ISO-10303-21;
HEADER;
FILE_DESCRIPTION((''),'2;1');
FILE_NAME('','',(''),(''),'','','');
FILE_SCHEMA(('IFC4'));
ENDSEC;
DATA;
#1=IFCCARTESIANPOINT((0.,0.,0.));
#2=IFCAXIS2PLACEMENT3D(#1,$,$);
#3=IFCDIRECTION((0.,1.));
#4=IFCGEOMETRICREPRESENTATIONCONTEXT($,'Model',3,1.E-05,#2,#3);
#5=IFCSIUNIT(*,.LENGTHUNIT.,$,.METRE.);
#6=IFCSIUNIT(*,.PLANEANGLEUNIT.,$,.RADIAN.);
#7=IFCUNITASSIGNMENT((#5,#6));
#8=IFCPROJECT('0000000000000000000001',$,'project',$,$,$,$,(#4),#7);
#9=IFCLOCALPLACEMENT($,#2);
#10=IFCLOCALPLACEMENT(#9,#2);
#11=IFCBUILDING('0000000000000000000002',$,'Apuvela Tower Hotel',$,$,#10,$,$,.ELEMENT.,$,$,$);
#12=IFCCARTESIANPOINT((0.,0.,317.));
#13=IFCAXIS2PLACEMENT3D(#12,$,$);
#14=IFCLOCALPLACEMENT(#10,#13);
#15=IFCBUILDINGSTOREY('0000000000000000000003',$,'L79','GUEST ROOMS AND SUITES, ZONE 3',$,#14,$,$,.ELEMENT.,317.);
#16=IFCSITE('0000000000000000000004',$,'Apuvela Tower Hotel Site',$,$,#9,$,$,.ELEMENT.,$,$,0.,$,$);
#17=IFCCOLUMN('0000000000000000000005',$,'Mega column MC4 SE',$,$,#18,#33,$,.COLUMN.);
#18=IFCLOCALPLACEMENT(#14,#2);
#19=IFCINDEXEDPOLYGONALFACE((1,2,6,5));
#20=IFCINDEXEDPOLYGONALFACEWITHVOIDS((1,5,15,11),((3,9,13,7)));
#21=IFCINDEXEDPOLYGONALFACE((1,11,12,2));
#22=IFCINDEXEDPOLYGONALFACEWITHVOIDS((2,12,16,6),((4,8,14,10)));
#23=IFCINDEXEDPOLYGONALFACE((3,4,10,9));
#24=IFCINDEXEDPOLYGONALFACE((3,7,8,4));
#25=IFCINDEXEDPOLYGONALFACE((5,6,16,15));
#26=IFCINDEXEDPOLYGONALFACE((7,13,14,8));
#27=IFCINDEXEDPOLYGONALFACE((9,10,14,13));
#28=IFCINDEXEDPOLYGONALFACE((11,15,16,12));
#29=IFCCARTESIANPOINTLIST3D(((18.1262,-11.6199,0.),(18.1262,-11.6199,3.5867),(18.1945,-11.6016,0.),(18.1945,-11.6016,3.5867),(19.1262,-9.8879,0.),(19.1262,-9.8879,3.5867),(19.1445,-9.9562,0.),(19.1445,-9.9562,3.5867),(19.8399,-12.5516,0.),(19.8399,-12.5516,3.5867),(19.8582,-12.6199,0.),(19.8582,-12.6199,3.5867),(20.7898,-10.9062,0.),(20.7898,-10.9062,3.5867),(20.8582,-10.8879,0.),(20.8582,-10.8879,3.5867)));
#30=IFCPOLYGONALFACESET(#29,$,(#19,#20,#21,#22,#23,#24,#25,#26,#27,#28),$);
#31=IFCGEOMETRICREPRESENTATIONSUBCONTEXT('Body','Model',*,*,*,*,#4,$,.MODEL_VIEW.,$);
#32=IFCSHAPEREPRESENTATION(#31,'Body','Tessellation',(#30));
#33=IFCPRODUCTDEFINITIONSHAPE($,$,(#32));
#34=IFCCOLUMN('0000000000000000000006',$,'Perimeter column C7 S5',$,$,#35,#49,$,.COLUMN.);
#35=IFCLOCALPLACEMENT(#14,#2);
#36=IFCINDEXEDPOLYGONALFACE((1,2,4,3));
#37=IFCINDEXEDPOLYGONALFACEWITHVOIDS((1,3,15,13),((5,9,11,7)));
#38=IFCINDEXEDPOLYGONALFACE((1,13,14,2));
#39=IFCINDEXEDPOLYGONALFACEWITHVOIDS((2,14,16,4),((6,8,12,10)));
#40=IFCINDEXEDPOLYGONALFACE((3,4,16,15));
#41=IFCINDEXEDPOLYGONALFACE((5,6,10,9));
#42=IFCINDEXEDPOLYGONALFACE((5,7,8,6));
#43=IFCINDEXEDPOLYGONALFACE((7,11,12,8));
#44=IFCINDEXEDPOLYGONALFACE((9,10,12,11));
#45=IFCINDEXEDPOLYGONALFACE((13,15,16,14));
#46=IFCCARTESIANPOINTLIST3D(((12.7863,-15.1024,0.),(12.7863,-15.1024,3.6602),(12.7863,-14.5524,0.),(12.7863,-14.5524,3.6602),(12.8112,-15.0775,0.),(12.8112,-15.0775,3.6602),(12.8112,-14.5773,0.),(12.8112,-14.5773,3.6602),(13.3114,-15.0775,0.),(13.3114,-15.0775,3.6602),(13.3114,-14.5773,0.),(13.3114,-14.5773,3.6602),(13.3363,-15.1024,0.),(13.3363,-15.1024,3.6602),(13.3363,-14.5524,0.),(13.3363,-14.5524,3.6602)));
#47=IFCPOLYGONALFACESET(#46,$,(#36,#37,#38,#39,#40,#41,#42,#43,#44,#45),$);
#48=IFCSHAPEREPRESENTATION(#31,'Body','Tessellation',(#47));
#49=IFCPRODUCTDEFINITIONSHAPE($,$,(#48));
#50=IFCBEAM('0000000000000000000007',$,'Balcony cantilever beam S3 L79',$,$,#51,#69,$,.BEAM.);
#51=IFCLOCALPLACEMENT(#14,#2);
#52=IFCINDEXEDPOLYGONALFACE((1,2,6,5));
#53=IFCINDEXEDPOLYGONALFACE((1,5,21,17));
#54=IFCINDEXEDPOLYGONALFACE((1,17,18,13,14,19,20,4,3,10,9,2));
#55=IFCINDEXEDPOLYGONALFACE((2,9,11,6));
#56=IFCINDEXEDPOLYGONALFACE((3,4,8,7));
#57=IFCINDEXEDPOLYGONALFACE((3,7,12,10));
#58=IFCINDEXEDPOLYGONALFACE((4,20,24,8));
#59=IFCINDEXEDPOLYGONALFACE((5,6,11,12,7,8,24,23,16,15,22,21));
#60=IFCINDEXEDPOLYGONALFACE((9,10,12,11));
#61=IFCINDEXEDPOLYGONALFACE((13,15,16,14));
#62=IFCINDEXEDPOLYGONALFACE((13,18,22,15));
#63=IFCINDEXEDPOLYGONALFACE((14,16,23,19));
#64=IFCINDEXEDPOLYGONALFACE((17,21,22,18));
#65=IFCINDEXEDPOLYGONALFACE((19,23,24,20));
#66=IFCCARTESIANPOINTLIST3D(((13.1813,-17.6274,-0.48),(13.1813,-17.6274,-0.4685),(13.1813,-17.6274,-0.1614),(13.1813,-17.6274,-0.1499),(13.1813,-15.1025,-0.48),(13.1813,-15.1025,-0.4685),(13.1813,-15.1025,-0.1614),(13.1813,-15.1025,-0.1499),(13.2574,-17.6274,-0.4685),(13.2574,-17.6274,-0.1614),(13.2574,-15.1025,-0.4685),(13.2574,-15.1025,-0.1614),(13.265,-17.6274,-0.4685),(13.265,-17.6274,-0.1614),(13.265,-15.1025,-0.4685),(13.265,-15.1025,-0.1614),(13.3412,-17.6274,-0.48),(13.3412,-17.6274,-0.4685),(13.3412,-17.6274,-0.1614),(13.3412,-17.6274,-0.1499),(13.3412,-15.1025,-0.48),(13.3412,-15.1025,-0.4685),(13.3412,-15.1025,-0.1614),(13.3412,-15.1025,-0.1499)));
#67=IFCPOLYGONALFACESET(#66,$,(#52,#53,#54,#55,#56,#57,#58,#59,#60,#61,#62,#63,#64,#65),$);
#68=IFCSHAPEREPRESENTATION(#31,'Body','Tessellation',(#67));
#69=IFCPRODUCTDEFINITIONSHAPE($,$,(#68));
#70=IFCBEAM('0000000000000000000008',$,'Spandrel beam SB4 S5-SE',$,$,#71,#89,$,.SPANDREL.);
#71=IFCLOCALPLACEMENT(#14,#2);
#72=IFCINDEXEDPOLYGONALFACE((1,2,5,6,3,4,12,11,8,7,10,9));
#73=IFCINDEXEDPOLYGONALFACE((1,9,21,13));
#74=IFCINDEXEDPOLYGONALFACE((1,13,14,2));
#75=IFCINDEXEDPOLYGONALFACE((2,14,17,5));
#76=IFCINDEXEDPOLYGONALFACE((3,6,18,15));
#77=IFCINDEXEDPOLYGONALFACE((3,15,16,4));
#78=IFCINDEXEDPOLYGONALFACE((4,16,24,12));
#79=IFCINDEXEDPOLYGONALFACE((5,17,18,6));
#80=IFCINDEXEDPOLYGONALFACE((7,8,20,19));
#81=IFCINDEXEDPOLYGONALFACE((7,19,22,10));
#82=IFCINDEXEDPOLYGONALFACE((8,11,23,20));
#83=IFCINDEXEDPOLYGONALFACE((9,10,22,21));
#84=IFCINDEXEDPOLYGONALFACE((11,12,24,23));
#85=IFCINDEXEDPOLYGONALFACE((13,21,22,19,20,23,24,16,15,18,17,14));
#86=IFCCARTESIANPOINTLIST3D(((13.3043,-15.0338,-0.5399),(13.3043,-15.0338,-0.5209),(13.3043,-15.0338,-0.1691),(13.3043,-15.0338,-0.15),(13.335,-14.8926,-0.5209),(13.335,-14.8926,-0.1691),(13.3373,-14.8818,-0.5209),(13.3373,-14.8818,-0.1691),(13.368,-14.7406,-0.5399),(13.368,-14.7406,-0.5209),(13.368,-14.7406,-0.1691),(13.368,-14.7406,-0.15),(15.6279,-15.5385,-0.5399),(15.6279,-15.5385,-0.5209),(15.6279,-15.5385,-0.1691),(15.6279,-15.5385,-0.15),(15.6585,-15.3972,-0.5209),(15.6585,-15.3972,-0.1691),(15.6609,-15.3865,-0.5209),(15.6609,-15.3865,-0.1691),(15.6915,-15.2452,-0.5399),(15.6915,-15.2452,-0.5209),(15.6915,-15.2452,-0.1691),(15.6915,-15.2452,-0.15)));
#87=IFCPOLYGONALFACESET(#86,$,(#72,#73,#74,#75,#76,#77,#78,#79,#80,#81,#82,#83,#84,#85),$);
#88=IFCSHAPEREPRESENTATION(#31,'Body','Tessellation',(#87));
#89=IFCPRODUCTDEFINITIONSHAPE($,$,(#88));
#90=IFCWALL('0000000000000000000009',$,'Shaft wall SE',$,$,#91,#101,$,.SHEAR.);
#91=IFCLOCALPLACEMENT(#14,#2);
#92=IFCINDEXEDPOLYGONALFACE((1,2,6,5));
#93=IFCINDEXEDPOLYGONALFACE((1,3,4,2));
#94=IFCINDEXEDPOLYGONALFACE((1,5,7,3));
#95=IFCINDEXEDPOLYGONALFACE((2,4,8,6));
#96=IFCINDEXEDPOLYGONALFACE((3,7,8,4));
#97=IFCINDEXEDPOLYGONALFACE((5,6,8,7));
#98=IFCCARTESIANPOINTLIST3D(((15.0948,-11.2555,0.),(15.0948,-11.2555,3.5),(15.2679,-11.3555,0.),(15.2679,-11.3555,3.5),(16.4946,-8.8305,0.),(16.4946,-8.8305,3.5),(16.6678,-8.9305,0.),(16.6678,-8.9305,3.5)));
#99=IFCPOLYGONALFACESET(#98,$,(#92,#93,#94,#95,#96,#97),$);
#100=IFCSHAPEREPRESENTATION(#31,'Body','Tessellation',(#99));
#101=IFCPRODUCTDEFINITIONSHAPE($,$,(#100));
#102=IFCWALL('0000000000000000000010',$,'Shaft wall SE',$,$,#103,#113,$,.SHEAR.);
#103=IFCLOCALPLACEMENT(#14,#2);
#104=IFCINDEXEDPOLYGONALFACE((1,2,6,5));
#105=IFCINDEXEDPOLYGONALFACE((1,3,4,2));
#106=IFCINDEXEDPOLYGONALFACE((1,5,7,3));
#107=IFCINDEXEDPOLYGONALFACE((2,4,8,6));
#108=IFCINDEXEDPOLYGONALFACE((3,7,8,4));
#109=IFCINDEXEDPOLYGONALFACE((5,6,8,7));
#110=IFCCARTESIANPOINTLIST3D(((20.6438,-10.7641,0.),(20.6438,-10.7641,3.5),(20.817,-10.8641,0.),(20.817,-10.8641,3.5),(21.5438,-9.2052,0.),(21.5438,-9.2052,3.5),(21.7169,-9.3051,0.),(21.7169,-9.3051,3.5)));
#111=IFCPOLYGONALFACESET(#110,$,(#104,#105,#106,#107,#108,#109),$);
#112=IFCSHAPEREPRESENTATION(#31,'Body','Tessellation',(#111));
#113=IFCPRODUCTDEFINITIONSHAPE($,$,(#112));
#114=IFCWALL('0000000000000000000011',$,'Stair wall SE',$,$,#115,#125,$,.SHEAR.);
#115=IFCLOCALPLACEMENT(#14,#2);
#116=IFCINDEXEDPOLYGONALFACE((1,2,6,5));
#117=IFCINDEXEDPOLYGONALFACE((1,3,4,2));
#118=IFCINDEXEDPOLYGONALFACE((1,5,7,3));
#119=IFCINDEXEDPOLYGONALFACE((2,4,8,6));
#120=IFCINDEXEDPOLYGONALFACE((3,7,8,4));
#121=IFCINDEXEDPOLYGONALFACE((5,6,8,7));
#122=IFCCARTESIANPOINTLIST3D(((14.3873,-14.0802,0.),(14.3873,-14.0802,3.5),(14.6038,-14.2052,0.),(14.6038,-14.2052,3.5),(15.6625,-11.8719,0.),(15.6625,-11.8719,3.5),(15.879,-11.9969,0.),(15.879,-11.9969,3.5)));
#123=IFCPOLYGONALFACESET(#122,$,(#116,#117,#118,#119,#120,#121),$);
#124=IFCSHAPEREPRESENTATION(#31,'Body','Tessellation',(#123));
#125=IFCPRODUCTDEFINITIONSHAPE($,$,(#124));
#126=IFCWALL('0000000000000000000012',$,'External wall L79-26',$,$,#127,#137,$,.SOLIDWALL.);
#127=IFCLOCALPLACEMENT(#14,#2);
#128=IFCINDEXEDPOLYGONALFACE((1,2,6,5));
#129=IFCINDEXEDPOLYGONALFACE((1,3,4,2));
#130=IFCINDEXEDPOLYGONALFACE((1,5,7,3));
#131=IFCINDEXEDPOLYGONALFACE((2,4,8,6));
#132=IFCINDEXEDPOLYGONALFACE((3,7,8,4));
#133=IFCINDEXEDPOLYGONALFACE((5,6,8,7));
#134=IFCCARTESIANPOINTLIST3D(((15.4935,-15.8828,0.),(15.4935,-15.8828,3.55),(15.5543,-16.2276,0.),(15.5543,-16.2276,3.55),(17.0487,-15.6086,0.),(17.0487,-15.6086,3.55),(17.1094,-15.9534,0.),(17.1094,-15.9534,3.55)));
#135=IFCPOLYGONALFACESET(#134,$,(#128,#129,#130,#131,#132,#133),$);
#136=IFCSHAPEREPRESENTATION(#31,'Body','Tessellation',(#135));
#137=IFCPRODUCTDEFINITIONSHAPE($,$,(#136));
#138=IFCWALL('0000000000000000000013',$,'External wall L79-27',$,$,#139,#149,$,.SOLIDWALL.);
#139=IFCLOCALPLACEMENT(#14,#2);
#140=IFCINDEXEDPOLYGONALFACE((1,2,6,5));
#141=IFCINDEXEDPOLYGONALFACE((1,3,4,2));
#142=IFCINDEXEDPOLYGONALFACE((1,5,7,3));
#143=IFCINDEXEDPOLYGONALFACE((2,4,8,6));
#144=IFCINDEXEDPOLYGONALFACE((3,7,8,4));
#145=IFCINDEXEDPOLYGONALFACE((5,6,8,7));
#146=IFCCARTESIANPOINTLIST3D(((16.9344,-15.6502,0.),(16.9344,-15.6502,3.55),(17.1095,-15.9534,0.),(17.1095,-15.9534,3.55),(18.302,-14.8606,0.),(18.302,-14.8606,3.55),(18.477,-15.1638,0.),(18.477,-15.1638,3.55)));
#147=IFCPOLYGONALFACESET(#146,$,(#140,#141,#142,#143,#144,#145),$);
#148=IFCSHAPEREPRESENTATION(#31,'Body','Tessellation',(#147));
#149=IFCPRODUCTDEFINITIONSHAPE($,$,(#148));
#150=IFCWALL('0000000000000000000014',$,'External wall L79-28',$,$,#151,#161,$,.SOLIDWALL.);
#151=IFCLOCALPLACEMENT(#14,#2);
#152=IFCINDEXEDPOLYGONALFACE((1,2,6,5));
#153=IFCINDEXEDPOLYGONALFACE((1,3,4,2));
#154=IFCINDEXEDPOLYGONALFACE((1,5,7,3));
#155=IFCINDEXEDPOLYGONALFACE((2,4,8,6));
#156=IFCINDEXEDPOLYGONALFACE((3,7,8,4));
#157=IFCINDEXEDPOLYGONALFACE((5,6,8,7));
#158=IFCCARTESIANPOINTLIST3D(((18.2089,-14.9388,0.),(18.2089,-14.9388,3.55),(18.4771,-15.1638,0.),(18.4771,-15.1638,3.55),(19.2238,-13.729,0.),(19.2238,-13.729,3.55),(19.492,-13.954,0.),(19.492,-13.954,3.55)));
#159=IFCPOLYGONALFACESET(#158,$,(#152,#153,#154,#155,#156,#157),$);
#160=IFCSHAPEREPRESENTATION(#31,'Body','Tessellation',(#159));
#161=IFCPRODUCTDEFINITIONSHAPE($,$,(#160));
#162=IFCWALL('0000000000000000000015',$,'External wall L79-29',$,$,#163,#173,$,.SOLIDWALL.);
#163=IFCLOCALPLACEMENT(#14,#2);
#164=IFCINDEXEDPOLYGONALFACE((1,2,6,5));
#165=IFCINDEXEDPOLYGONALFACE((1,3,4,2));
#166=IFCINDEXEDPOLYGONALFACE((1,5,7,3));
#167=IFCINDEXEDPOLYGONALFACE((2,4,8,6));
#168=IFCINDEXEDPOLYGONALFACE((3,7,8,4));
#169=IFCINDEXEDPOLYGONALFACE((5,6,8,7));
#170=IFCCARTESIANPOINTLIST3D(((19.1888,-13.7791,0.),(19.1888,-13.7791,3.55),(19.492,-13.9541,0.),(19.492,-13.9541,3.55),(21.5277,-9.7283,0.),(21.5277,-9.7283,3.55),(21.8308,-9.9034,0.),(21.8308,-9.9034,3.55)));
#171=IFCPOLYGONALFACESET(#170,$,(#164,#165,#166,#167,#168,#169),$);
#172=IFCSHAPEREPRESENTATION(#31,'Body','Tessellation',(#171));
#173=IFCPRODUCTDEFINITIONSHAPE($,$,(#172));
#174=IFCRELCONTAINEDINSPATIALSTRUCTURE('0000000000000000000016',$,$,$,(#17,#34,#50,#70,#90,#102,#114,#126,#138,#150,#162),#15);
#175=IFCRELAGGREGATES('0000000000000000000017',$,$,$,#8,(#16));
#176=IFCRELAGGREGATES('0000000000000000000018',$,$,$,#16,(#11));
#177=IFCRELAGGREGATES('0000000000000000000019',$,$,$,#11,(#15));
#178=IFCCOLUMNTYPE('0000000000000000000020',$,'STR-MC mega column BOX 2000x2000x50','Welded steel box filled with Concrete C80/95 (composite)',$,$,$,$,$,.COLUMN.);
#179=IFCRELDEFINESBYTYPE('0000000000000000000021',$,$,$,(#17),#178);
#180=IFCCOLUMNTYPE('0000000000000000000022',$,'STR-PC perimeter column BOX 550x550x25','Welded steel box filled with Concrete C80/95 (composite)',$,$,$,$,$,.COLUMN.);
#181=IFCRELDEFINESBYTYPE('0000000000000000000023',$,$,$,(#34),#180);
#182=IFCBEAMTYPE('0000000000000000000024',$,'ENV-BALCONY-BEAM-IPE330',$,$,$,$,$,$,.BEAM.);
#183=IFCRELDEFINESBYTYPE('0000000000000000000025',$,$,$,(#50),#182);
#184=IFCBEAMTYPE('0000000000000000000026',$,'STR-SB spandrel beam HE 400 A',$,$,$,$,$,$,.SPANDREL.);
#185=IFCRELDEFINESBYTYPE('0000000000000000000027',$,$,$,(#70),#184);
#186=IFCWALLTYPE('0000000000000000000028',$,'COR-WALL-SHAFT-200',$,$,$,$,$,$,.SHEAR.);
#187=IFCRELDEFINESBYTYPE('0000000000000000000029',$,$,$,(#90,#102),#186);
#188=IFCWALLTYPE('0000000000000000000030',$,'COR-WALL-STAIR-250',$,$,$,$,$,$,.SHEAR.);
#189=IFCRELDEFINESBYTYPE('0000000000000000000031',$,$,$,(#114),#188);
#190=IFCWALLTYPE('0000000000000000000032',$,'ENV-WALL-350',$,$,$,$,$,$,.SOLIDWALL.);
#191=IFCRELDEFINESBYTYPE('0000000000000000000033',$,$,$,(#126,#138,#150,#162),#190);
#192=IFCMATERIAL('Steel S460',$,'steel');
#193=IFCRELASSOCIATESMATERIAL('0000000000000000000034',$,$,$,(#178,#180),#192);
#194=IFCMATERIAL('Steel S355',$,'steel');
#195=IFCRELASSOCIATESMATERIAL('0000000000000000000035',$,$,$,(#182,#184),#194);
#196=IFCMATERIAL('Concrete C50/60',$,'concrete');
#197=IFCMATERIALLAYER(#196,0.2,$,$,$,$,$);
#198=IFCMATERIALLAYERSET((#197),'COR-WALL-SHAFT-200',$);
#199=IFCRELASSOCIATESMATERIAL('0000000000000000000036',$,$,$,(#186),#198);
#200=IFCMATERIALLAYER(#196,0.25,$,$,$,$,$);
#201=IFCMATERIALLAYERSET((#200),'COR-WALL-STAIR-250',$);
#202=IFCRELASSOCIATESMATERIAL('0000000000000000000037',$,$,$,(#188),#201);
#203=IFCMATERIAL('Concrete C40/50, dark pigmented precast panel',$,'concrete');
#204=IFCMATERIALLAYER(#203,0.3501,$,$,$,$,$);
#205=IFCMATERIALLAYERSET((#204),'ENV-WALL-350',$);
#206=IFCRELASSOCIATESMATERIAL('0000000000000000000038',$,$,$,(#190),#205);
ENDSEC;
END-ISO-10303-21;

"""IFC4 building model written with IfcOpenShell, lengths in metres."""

from ifc_helpers import new_model, si_unit, direction, frame, frame_2d, origin, origin_2d, place, context, subcontext, project, spatial, rectangle, hollow_rectangle, i_section, extrude, boolean, halfspace, material, layer, layer_set, material_profile, profile_set, type_object, element, save


model = new_model("IFC4")

# Units and contexts
model_context = context("Model", 3, precision=1e-05, world=origin(), true_north=direction((0.0, 1.0)))
body_context = subcontext(model_context, "Body", "Model", "MODEL_VIEW")
ifc_project = project(units=[si_unit("LENGTHUNIT", "METRE"), si_unit("PLANEANGLEUNIT", "RADIAN")], contexts=[model_context])

# Site, building, storey
site_placement = place(None, origin())
site = spatial("IfcSite", under=ifc_project, at=site_placement, Name="Apuvela Tower Hotel Site", CompositionType="ELEMENT", RefElevation=0.0)
building_placement = place(site_placement, origin())
building = spatial("IfcBuilding", under=site, at=building_placement, Name="Apuvela Tower Hotel", CompositionType="ELEMENT")
storey_placement = place(building_placement, frame((0.0, 0.0, 317.0)))
storey = spatial("IfcBuildingStorey", under=building, at=storey_placement, Name="L79", Description="GUEST ROOMS AND SUITES, ZONE 3", CompositionType="ELEMENT", Elevation=317.0)

# Columns
ifc_material_1 = material(Name="Steel S460", Category="steel")
ifc_material_profile_1 = material_profile(ifc_material_1, hollow_rectangle(XDim=2.0, YDim=2.0, WallThickness=0.05, at=origin_2d()), Name="BOX 2000x2000x50")
ifc_material_2 = material(Name="Concrete C80/95", Category="concrete")
ifc_material_profile_2 = material_profile(ifc_material_2, rectangle(XDim=1.8999, YDim=1.8999, at=origin_2d()), Name="Concrete C80/95 infill")
ifc_profile_set_1 = profile_set([ifc_material_profile_1, ifc_material_profile_2], Name="Steel S460")
column_type_1 = type_object("IfcColumnType", Name="STR-MC mega column BOX 2000x2000x50", Description="Welded steel box filled with Concrete C80/95 (composite)", PredefinedType="COLUMN", material=ifc_profile_set_1)
column_1_placement = place(storey_placement, frame((19.4922, -11.2539, 0.0), z_axis=(0.0, 0.0, 1.0), x_axis=(0.5, 0.866025, 0.0)))
element("IfcColumn", 1, at=column_1_placement, inside=storey, type_object=column_type_1, Name="Mega column MC4 SE", PredefinedType="COLUMN", context=body_context, shape_type="SweptSolid", body=[
    boolean("DIFFERENCE", extrude(hollow_rectangle(XDim=2.0, YDim=2.0, WallThickness=0.05, at=origin_2d()), origin(), (0.0, 0.0, 1.0), 3.7), halfspace(frame((0.0, 0.0, 3.5867), z_axis=(0.0, 0.0, 1.0), x_axis=(1.0, 0.0, 0.0)), False)),
])
ifc_material_profile_3 = material_profile(ifc_material_1, hollow_rectangle(XDim=0.55, YDim=0.55, WallThickness=0.0249, at=origin_2d()), Name="BOX 550x550x25")
ifc_material_profile_4 = material_profile(ifc_material_2, rectangle(XDim=0.5, YDim=0.5, at=origin_2d()), Name="Concrete C80/95 infill")
ifc_profile_set_2 = profile_set([ifc_material_profile_3, ifc_material_profile_4], Name="Steel S460")
column_type_2 = type_object("IfcColumnType", Name="STR-PC perimeter column BOX 550x550x25", Description="Welded steel box filled with Concrete C80/95 (composite)", PredefinedType="COLUMN", material=ifc_profile_set_2)
column_2_placement = place(storey_placement, frame((13.0613, -14.8274, 0.0), z_axis=(0.0, 0.0, 1.0), x_axis=(-1.0, 0.0, 0.0)))
element("IfcColumn", 2, at=column_2_placement, inside=storey, type_object=column_type_2, Name="Perimeter column C7 S5", PredefinedType="COLUMN", context=body_context, shape_type="SweptSolid", body=[
    boolean("DIFFERENCE", extrude(hollow_rectangle(XDim=0.55, YDim=0.55, WallThickness=0.0249, at=origin_2d()), origin(), (0.0, 0.0, 1.0), 3.7), halfspace(frame((0.0, 0.0, 3.6602), z_axis=(0.0, 0.0, 1.0), x_axis=(1.0, 0.0, 0.0)), False)),
])

# Beams
ifc_material_3 = material(Name="Steel S355", Category="steel")
ifc_material_profile_5 = material_profile(ifc_material_3, i_section(OverallWidth=0.1599, OverallDepth=0.3301, WebThickness=0.0076, FlangeThickness=0.0115, at=origin_2d()), Name="IPE 330")
ifc_profile_set_3 = profile_set([ifc_material_profile_5], Name="Steel S355")
beam_type_1 = type_object("IfcBeamType", Name="ENV-BALCONY-BEAM-IPE330", PredefinedType="BEAM", material=ifc_profile_set_3)
beam_1_placement = place(storey_placement, frame((13.2612, -15.1025, -0.3149), z_axis=(0.0, -1.0, 0.0), x_axis=(1.0, 0.0, 0.0)))
element("IfcBeam", 3, at=beam_1_placement, inside=storey, type_object=beam_type_1, Name="Balcony cantilever beam S3 L79", PredefinedType="BEAM", context=body_context, shape_type="SweptSolid", body=[
    extrude(i_section(OverallWidth=0.1599, OverallDepth=0.3301, WebThickness=0.0076, FlangeThickness=0.0115, at=origin_2d()), origin(), (0.0, 0.0, 1.0), 2.5249),
])
ifc_material_profile_6 = material_profile(ifc_material_3, i_section(OverallWidth=0.3, OverallDepth=0.3899, WebThickness=0.011, FlangeThickness=0.019, at=origin_2d()), Name="HE 400 A")
ifc_profile_set_4 = profile_set([ifc_material_profile_6], Name="Steel S355")
beam_type_2 = type_object("IfcBeamType", Name="STR-SB spandrel beam HE 400 A", PredefinedType="SPANDREL", material=ifc_profile_set_4)
beam_2_placement = place(storey_placement, frame((13.3362, -14.8872, -0.345), z_axis=(0.977217, -0.212242, 0.0), x_axis=(0.212242, 0.977217, 0.0)))
element("IfcBeam", 4, at=beam_2_placement, inside=storey, type_object=beam_type_2, Name="Spandrel beam SB4 S5-SE", PredefinedType="SPANDREL", context=body_context, shape_type="SweptSolid", body=[
    extrude(i_section(OverallWidth=0.3, OverallDepth=0.3899, WebThickness=0.011, FlangeThickness=0.019, at=origin_2d()), origin(), (0.0, 0.0, 1.0), 2.3777),
])

# Walls
ifc_material_4 = material(Name="Concrete C50/60", Category="concrete")
ifc_layer_1 = layer(ifc_material_4, 0.2)
ifc_layer_set_1 = layer_set([ifc_layer_1], Name="COR-WALL-SHAFT-200")
wall_type_1 = type_object("IfcWallType", Name="COR-WALL-SHAFT-200", PredefinedType="SHEAR", material=ifc_layer_set_1)
wall_1_placement = place(storey_placement, frame((15.1814, -11.3054, 0.0), z_axis=(0.0, 0.0, 1.0), x_axis=(0.499946, 0.866056, 0.0)))
element("IfcWall", 5, at=wall_1_placement, inside=storey, type_object=wall_type_1, Name="Shaft wall SE", PredefinedType="SHEAR", context=body_context, shape_type="SweptSolid", body=[
    extrude(rectangle(XDim=2.8, YDim=0.2, at=frame_2d((1.3999, 0.0))), origin(), (0.0, 0.0, 1.0), 3.5),
])
wall_2_placement = place(storey_placement, frame((20.7305, -10.814, 0.0), z_axis=(0.0, 0.0, 1.0), x_axis=(0.499961, 0.866048, 0.0)))
element("IfcWall", 6, at=wall_2_placement, inside=storey, type_object=wall_type_1, Name="Shaft wall SE", PredefinedType="SHEAR", context=body_context, shape_type="SweptSolid", body=[
    extrude(rectangle(XDim=1.8, YDim=0.2, at=frame_2d((0.8999, 0.0))), origin(), (0.0, 0.0, 1.0), 3.5),
])
ifc_layer_2 = layer(ifc_material_4, 0.25)
ifc_layer_set_2 = layer_set([ifc_layer_2], Name="COR-WALL-STAIR-250")
wall_type_2 = type_object("IfcWallType", Name="COR-WALL-STAIR-250", PredefinedType="SHEAR", material=ifc_layer_set_2)
wall_3_placement = place(storey_placement, frame((14.4956, -14.1426, 0.0), z_axis=(0.0, 0.0, 1.0), x_axis=(0.500062, 0.865989, 0.0)))
element("IfcWall", 7, at=wall_3_placement, inside=storey, type_object=wall_type_2, Name="Stair wall SE", PredefinedType="SHEAR", context=body_context, shape_type="SweptSolid", body=[
    extrude(rectangle(XDim=2.55, YDim=0.25, at=frame_2d((1.2749, 0.0))), origin(), (0.0, 0.0, 1.0), 3.5),
])
ifc_material_5 = material(Name="Concrete C40/50, dark pigmented precast panel", Category="concrete")
ifc_layer_3 = layer(ifc_material_5, 0.3501)
ifc_layer_set_3 = layer_set([ifc_layer_3], Name="ENV-WALL-350")
wall_type_3 = type_object("IfcWallType", Name="ENV-WALL-350", PredefinedType="SOLIDWALL", material=ifc_layer_set_3)
for number, where, z_axis, x_axis, name in (
    (8, (15.5239, -16.0552, 0.0), (0.0, 0.0, 1.0), (0.984813, 0.173618, 0.0), "External wall L79-26"),
    (9, (17.022, -15.8018, 0.0), (0.0, 0.0, 1.0), (0.866008, 0.50003, 0.0), "External wall L79-27"),
    (10, (18.343, -15.0513, 0.0), (0.0, 0.0, 1.0), (0.642721, 0.766101, 0.0), "External wall L79-28"),
):
    element("IfcWall", number, at=place(storey_placement, frame(where, z_axis=z_axis, x_axis=x_axis)), inside=storey, type_object=wall_type_3, Name=name, PredefinedType="SOLIDWALL", context=body_context, shape_type="SweptSolid", body=[
        extrude(rectangle(XDim=1.5791, YDim=0.3501, at=frame_2d((0.7896, 0.0))), origin(), (0.0, 0.0, 1.0), 3.55),
    ])
wall_4_placement = place(storey_placement, frame((19.3403, -13.8667, 0.0), z_axis=(0.0, 0.0, 1.0), x_axis=(0.500024, 0.866012, 0.0)))
element("IfcWall", 11, at=wall_4_placement, inside=storey, type_object=wall_type_3, Name="External wall L79-29", PredefinedType="SOLIDWALL", context=body_context, shape_type="SweptSolid", body=[
    extrude(rectangle(XDim=4.6775, YDim=0.3501, at=frame_2d((2.3389, 0.0))), origin(), (0.0, 0.0, 1.0), 3.55),
])

save(model, "model.ifc")
